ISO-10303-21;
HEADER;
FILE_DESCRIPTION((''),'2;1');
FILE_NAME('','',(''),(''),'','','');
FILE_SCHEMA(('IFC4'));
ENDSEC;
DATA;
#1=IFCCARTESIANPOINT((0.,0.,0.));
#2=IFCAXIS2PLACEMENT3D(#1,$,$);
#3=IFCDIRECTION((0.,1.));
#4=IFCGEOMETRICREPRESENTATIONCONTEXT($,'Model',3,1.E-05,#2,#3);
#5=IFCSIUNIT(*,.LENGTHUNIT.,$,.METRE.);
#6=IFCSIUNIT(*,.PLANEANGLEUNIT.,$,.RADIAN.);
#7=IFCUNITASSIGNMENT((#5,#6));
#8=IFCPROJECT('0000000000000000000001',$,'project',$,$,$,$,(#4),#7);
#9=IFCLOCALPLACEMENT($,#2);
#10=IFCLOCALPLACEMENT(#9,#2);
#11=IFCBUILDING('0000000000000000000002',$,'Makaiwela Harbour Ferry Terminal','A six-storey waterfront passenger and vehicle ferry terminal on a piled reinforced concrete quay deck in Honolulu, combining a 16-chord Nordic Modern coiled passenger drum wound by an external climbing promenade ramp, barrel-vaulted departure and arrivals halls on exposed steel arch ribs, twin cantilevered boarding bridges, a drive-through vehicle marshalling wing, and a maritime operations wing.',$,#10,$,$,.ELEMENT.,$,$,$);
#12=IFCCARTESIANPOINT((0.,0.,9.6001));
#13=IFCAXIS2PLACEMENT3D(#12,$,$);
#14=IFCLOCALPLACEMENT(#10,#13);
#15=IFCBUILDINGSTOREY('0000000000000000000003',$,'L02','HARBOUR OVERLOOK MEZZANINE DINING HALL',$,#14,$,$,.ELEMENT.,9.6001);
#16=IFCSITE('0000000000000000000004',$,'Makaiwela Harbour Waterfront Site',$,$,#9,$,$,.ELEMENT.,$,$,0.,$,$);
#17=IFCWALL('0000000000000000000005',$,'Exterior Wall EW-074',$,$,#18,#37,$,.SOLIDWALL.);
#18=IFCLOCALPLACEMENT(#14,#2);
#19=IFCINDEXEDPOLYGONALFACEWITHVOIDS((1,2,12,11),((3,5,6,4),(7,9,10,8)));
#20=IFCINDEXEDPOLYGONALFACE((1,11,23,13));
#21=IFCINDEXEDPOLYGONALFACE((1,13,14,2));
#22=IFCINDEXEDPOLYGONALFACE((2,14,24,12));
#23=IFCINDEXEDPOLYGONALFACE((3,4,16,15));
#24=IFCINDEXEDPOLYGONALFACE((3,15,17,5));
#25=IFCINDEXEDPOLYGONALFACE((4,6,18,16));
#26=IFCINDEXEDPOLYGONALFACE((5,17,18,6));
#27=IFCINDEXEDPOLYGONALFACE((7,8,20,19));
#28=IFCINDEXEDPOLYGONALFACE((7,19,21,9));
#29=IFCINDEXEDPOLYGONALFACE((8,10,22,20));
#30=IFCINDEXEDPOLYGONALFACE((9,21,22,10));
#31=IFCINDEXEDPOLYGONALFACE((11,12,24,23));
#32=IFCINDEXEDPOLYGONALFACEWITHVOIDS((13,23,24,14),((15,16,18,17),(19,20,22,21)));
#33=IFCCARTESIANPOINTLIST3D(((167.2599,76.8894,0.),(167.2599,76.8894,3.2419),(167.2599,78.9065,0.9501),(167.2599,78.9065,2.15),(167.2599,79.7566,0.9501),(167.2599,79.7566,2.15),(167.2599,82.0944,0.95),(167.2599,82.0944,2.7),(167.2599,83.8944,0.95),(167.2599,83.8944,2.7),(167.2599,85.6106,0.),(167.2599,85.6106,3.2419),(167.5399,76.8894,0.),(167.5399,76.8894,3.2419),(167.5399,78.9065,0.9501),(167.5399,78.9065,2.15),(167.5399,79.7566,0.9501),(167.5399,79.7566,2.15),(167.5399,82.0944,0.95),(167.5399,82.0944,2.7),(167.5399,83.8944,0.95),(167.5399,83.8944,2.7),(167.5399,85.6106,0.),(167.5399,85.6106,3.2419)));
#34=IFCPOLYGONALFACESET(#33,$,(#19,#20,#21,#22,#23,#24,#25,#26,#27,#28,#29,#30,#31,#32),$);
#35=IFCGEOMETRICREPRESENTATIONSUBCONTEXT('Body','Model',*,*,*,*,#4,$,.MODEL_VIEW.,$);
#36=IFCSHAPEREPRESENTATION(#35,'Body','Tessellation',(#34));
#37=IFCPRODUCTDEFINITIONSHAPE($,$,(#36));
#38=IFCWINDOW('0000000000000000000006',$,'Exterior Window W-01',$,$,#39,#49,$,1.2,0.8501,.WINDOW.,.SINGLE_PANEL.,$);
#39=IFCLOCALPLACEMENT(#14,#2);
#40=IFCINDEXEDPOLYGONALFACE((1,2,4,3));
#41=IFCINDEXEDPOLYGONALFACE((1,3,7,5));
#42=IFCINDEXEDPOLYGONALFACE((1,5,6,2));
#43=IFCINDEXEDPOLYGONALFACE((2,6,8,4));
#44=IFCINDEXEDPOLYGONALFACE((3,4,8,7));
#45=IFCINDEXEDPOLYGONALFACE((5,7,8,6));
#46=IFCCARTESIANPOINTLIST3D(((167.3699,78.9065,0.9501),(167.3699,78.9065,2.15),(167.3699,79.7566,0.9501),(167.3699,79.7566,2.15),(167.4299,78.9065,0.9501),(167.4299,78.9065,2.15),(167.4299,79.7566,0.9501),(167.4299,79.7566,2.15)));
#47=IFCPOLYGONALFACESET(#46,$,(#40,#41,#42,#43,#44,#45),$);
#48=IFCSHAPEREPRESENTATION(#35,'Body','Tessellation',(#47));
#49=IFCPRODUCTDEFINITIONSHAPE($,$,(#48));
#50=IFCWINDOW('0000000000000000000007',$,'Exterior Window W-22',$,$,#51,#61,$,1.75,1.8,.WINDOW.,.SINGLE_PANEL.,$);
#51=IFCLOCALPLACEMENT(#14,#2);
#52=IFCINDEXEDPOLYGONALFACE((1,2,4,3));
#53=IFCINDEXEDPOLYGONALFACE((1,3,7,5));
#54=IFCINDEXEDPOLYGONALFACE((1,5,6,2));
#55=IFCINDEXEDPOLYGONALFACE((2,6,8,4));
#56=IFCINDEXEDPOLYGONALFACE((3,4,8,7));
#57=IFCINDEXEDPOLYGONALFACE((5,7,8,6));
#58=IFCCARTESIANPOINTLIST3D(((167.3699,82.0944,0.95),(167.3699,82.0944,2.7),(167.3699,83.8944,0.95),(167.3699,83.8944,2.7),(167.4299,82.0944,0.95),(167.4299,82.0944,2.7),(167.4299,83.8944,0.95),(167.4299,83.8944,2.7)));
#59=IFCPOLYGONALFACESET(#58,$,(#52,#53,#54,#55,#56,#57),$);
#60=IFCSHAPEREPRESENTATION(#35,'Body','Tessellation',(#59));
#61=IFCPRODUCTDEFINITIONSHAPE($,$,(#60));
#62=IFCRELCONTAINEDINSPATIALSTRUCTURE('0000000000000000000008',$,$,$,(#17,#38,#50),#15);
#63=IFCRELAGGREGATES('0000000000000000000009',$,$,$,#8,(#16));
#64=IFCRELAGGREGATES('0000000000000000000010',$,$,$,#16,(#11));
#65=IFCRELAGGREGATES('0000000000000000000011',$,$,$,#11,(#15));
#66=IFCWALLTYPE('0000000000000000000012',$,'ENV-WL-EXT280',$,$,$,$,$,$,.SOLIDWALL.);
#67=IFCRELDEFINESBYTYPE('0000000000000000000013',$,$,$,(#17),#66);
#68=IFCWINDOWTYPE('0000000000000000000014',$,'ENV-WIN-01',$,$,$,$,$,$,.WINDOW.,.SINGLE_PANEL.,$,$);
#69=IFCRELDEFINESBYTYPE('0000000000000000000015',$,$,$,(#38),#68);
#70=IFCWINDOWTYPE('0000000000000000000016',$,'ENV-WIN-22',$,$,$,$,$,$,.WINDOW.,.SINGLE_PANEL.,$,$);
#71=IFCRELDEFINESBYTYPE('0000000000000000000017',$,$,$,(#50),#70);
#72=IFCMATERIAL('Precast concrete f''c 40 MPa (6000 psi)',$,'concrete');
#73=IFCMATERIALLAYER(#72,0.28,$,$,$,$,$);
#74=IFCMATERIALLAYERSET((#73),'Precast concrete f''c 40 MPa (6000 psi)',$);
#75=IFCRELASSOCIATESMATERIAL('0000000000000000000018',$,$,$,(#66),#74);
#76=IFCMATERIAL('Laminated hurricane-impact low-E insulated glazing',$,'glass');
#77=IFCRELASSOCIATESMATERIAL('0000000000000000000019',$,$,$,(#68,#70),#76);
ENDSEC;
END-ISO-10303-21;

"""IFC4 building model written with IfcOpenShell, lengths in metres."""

from ifc_helpers import new_model, si_unit, direction, frame, frame_2d, origin, place, context, subcontext, project, spatial, rectangle, extrude, material, layer, layer_set, type_object, element, fill, save


model = new_model("IFC4")

# Units and contexts
model_context = context("Model", 3, precision=1e-05, world=origin(), true_north=direction((0.0, 1.0)))
body_context = subcontext(model_context, "Body", "Model", "MODEL_VIEW")
ifc_project = project(units=[si_unit("LENGTHUNIT", "METRE"), si_unit("PLANEANGLEUNIT", "RADIAN")], contexts=[model_context])

# Site, building, storey
site_placement = place(None, origin())
site = spatial("IfcSite", under=ifc_project, at=site_placement, Name="Makaiwela Harbour Waterfront Site", CompositionType="ELEMENT", RefElevation=0.0)
building_placement = place(site_placement, origin())
building = spatial("IfcBuilding", under=site, at=building_placement, Name="Makaiwela Harbour Ferry Terminal", Description="A six-storey waterfront passenger and vehicle ferry terminal on a piled reinforced concrete quay deck in Honolulu, combining a 16-chord Nordic Modern coiled passenger drum wound by an external climbing promenade ramp, barrel-vaulted departure and arrivals halls on exposed steel arch ribs, twin cantilevered boarding bridges, a drive-through vehicle marshalling wing, and a maritime operations wing.", CompositionType="ELEMENT")
storey_placement = place(building_placement, frame((0.0, 0.0, 9.6001)))
storey = spatial("IfcBuildingStorey", under=building, at=storey_placement, Name="L02", Description="HARBOUR OVERLOOK MEZZANINE DINING HALL", CompositionType="ELEMENT", Elevation=9.6001)

# Wall, openings, windows
ifc_material_1 = material(Name="Precast concrete f'c 40 MPa (6000 psi)", Category="concrete")
ifc_layer = layer(ifc_material_1, 0.28)
ifc_layer_set = layer_set([ifc_layer], Name="Precast concrete f'c 40 MPa (6000 psi)")
wall_type = type_object("IfcWallType", Name="ENV-WL-EXT280", PredefinedType="SOLIDWALL", material=ifc_layer_set)
ifc_material_2 = material(Name="Laminated hurricane-impact low-E insulated glazing", Category="glass")
wall_1_placement = place(storey_placement, frame((167.3999, 85.6106, 0.0), z_axis=(0.0, 0.0, 1.0), x_axis=(0.0, -1.0, 0.0)))
wall_1 = element("IfcWall", 1, at=wall_1_placement, inside=storey, type_object=wall_type, Name="Exterior Wall EW-074", PredefinedType="SOLIDWALL", context=body_context, shape_type="SweptSolid", body=[
    extrude(rectangle(XDim=8.7212, YDim=0.28, at=frame_2d((4.3606, 0.0))), origin(), (0.0, 0.0, 1.0), 3.2419),
])
opening_1_placement = place(wall_1_placement, frame((1.7163, 0.0, 0.95)))
opening_1 = element("IfcOpeningElement", 2, at=opening_1_placement, cuts=wall_1, PredefinedType="OPENING", context=body_context, shape_type="SweptSolid", body=[
    extrude(rectangle(XDim=1.8, YDim=1.75, at=frame_2d((0.8999, 0.875))), frame((0.0, 0.1499, 0.0), z_axis=(0.0, -1.0, 0.0), x_axis=(1.0, 0.0, 0.0)), (0.0, 0.0, 1.0), 0.3),
])
opening_2_placement = place(wall_1_placement, frame((5.854, 0.0, 0.95)))
opening_2 = element("IfcOpeningElement", 3, at=opening_2_placement, cuts=wall_1, PredefinedType="OPENING", context=body_context, shape_type="SweptSolid", body=[
    extrude(rectangle(XDim=0.8501, YDim=1.2, at=frame_2d((0.425, 0.6001))), frame((0.0, 0.1499, 0.0), z_axis=(0.0, -1.0, 0.0), x_axis=(1.0, 0.0, 0.0)), (0.0, 0.0, 1.0), 0.3),
])
window_type_1 = type_object("IfcWindowType", Name="ENV-WIN-01", PartitioningType="SINGLE_PANEL", PredefinedType="WINDOW", material=ifc_material_2)
window_1_placement = place(opening_2_placement, origin())
window_1 = element("IfcWindow", 4, at=window_1_placement, inside=storey, type_object=window_type_1, Name="Exterior Window W-01", OverallHeight=1.2, OverallWidth=0.8501, PartitioningType="SINGLE_PANEL", PredefinedType="WINDOW", context=body_context, shape_type="SweptSolid", body=[
    extrude(rectangle(XDim=0.8501, YDim=1.2, at=frame_2d((0.425, 0.6001))), frame((0.0, 0.03, 0.0), z_axis=(0.0, -1.0, 0.0), x_axis=(1.0, 0.0, 0.0)), (0.0, 0.0, 1.0), 0.0601),
])
fill(opening_2, window_1)
window_type_2 = type_object("IfcWindowType", Name="ENV-WIN-22", PartitioningType="SINGLE_PANEL", PredefinedType="WINDOW", material=ifc_material_2)
window_2_placement = place(opening_1_placement, origin())
window_2 = element("IfcWindow", 5, at=window_2_placement, inside=storey, type_object=window_type_2, Name="Exterior Window W-22", OverallHeight=1.75, OverallWidth=1.8, PartitioningType="SINGLE_PANEL", PredefinedType="WINDOW", context=body_context, shape_type="SweptSolid", body=[
    extrude(rectangle(XDim=1.8, YDim=1.75, at=frame_2d((0.8999, 0.875))), frame((0.0, 0.03, 0.0), z_axis=(0.0, -1.0, 0.0), x_axis=(1.0, 0.0, 0.0)), (0.0, 0.0, 1.0), 0.0601),
])
fill(opening_1, window_2)

save(model, "model.ifc")
